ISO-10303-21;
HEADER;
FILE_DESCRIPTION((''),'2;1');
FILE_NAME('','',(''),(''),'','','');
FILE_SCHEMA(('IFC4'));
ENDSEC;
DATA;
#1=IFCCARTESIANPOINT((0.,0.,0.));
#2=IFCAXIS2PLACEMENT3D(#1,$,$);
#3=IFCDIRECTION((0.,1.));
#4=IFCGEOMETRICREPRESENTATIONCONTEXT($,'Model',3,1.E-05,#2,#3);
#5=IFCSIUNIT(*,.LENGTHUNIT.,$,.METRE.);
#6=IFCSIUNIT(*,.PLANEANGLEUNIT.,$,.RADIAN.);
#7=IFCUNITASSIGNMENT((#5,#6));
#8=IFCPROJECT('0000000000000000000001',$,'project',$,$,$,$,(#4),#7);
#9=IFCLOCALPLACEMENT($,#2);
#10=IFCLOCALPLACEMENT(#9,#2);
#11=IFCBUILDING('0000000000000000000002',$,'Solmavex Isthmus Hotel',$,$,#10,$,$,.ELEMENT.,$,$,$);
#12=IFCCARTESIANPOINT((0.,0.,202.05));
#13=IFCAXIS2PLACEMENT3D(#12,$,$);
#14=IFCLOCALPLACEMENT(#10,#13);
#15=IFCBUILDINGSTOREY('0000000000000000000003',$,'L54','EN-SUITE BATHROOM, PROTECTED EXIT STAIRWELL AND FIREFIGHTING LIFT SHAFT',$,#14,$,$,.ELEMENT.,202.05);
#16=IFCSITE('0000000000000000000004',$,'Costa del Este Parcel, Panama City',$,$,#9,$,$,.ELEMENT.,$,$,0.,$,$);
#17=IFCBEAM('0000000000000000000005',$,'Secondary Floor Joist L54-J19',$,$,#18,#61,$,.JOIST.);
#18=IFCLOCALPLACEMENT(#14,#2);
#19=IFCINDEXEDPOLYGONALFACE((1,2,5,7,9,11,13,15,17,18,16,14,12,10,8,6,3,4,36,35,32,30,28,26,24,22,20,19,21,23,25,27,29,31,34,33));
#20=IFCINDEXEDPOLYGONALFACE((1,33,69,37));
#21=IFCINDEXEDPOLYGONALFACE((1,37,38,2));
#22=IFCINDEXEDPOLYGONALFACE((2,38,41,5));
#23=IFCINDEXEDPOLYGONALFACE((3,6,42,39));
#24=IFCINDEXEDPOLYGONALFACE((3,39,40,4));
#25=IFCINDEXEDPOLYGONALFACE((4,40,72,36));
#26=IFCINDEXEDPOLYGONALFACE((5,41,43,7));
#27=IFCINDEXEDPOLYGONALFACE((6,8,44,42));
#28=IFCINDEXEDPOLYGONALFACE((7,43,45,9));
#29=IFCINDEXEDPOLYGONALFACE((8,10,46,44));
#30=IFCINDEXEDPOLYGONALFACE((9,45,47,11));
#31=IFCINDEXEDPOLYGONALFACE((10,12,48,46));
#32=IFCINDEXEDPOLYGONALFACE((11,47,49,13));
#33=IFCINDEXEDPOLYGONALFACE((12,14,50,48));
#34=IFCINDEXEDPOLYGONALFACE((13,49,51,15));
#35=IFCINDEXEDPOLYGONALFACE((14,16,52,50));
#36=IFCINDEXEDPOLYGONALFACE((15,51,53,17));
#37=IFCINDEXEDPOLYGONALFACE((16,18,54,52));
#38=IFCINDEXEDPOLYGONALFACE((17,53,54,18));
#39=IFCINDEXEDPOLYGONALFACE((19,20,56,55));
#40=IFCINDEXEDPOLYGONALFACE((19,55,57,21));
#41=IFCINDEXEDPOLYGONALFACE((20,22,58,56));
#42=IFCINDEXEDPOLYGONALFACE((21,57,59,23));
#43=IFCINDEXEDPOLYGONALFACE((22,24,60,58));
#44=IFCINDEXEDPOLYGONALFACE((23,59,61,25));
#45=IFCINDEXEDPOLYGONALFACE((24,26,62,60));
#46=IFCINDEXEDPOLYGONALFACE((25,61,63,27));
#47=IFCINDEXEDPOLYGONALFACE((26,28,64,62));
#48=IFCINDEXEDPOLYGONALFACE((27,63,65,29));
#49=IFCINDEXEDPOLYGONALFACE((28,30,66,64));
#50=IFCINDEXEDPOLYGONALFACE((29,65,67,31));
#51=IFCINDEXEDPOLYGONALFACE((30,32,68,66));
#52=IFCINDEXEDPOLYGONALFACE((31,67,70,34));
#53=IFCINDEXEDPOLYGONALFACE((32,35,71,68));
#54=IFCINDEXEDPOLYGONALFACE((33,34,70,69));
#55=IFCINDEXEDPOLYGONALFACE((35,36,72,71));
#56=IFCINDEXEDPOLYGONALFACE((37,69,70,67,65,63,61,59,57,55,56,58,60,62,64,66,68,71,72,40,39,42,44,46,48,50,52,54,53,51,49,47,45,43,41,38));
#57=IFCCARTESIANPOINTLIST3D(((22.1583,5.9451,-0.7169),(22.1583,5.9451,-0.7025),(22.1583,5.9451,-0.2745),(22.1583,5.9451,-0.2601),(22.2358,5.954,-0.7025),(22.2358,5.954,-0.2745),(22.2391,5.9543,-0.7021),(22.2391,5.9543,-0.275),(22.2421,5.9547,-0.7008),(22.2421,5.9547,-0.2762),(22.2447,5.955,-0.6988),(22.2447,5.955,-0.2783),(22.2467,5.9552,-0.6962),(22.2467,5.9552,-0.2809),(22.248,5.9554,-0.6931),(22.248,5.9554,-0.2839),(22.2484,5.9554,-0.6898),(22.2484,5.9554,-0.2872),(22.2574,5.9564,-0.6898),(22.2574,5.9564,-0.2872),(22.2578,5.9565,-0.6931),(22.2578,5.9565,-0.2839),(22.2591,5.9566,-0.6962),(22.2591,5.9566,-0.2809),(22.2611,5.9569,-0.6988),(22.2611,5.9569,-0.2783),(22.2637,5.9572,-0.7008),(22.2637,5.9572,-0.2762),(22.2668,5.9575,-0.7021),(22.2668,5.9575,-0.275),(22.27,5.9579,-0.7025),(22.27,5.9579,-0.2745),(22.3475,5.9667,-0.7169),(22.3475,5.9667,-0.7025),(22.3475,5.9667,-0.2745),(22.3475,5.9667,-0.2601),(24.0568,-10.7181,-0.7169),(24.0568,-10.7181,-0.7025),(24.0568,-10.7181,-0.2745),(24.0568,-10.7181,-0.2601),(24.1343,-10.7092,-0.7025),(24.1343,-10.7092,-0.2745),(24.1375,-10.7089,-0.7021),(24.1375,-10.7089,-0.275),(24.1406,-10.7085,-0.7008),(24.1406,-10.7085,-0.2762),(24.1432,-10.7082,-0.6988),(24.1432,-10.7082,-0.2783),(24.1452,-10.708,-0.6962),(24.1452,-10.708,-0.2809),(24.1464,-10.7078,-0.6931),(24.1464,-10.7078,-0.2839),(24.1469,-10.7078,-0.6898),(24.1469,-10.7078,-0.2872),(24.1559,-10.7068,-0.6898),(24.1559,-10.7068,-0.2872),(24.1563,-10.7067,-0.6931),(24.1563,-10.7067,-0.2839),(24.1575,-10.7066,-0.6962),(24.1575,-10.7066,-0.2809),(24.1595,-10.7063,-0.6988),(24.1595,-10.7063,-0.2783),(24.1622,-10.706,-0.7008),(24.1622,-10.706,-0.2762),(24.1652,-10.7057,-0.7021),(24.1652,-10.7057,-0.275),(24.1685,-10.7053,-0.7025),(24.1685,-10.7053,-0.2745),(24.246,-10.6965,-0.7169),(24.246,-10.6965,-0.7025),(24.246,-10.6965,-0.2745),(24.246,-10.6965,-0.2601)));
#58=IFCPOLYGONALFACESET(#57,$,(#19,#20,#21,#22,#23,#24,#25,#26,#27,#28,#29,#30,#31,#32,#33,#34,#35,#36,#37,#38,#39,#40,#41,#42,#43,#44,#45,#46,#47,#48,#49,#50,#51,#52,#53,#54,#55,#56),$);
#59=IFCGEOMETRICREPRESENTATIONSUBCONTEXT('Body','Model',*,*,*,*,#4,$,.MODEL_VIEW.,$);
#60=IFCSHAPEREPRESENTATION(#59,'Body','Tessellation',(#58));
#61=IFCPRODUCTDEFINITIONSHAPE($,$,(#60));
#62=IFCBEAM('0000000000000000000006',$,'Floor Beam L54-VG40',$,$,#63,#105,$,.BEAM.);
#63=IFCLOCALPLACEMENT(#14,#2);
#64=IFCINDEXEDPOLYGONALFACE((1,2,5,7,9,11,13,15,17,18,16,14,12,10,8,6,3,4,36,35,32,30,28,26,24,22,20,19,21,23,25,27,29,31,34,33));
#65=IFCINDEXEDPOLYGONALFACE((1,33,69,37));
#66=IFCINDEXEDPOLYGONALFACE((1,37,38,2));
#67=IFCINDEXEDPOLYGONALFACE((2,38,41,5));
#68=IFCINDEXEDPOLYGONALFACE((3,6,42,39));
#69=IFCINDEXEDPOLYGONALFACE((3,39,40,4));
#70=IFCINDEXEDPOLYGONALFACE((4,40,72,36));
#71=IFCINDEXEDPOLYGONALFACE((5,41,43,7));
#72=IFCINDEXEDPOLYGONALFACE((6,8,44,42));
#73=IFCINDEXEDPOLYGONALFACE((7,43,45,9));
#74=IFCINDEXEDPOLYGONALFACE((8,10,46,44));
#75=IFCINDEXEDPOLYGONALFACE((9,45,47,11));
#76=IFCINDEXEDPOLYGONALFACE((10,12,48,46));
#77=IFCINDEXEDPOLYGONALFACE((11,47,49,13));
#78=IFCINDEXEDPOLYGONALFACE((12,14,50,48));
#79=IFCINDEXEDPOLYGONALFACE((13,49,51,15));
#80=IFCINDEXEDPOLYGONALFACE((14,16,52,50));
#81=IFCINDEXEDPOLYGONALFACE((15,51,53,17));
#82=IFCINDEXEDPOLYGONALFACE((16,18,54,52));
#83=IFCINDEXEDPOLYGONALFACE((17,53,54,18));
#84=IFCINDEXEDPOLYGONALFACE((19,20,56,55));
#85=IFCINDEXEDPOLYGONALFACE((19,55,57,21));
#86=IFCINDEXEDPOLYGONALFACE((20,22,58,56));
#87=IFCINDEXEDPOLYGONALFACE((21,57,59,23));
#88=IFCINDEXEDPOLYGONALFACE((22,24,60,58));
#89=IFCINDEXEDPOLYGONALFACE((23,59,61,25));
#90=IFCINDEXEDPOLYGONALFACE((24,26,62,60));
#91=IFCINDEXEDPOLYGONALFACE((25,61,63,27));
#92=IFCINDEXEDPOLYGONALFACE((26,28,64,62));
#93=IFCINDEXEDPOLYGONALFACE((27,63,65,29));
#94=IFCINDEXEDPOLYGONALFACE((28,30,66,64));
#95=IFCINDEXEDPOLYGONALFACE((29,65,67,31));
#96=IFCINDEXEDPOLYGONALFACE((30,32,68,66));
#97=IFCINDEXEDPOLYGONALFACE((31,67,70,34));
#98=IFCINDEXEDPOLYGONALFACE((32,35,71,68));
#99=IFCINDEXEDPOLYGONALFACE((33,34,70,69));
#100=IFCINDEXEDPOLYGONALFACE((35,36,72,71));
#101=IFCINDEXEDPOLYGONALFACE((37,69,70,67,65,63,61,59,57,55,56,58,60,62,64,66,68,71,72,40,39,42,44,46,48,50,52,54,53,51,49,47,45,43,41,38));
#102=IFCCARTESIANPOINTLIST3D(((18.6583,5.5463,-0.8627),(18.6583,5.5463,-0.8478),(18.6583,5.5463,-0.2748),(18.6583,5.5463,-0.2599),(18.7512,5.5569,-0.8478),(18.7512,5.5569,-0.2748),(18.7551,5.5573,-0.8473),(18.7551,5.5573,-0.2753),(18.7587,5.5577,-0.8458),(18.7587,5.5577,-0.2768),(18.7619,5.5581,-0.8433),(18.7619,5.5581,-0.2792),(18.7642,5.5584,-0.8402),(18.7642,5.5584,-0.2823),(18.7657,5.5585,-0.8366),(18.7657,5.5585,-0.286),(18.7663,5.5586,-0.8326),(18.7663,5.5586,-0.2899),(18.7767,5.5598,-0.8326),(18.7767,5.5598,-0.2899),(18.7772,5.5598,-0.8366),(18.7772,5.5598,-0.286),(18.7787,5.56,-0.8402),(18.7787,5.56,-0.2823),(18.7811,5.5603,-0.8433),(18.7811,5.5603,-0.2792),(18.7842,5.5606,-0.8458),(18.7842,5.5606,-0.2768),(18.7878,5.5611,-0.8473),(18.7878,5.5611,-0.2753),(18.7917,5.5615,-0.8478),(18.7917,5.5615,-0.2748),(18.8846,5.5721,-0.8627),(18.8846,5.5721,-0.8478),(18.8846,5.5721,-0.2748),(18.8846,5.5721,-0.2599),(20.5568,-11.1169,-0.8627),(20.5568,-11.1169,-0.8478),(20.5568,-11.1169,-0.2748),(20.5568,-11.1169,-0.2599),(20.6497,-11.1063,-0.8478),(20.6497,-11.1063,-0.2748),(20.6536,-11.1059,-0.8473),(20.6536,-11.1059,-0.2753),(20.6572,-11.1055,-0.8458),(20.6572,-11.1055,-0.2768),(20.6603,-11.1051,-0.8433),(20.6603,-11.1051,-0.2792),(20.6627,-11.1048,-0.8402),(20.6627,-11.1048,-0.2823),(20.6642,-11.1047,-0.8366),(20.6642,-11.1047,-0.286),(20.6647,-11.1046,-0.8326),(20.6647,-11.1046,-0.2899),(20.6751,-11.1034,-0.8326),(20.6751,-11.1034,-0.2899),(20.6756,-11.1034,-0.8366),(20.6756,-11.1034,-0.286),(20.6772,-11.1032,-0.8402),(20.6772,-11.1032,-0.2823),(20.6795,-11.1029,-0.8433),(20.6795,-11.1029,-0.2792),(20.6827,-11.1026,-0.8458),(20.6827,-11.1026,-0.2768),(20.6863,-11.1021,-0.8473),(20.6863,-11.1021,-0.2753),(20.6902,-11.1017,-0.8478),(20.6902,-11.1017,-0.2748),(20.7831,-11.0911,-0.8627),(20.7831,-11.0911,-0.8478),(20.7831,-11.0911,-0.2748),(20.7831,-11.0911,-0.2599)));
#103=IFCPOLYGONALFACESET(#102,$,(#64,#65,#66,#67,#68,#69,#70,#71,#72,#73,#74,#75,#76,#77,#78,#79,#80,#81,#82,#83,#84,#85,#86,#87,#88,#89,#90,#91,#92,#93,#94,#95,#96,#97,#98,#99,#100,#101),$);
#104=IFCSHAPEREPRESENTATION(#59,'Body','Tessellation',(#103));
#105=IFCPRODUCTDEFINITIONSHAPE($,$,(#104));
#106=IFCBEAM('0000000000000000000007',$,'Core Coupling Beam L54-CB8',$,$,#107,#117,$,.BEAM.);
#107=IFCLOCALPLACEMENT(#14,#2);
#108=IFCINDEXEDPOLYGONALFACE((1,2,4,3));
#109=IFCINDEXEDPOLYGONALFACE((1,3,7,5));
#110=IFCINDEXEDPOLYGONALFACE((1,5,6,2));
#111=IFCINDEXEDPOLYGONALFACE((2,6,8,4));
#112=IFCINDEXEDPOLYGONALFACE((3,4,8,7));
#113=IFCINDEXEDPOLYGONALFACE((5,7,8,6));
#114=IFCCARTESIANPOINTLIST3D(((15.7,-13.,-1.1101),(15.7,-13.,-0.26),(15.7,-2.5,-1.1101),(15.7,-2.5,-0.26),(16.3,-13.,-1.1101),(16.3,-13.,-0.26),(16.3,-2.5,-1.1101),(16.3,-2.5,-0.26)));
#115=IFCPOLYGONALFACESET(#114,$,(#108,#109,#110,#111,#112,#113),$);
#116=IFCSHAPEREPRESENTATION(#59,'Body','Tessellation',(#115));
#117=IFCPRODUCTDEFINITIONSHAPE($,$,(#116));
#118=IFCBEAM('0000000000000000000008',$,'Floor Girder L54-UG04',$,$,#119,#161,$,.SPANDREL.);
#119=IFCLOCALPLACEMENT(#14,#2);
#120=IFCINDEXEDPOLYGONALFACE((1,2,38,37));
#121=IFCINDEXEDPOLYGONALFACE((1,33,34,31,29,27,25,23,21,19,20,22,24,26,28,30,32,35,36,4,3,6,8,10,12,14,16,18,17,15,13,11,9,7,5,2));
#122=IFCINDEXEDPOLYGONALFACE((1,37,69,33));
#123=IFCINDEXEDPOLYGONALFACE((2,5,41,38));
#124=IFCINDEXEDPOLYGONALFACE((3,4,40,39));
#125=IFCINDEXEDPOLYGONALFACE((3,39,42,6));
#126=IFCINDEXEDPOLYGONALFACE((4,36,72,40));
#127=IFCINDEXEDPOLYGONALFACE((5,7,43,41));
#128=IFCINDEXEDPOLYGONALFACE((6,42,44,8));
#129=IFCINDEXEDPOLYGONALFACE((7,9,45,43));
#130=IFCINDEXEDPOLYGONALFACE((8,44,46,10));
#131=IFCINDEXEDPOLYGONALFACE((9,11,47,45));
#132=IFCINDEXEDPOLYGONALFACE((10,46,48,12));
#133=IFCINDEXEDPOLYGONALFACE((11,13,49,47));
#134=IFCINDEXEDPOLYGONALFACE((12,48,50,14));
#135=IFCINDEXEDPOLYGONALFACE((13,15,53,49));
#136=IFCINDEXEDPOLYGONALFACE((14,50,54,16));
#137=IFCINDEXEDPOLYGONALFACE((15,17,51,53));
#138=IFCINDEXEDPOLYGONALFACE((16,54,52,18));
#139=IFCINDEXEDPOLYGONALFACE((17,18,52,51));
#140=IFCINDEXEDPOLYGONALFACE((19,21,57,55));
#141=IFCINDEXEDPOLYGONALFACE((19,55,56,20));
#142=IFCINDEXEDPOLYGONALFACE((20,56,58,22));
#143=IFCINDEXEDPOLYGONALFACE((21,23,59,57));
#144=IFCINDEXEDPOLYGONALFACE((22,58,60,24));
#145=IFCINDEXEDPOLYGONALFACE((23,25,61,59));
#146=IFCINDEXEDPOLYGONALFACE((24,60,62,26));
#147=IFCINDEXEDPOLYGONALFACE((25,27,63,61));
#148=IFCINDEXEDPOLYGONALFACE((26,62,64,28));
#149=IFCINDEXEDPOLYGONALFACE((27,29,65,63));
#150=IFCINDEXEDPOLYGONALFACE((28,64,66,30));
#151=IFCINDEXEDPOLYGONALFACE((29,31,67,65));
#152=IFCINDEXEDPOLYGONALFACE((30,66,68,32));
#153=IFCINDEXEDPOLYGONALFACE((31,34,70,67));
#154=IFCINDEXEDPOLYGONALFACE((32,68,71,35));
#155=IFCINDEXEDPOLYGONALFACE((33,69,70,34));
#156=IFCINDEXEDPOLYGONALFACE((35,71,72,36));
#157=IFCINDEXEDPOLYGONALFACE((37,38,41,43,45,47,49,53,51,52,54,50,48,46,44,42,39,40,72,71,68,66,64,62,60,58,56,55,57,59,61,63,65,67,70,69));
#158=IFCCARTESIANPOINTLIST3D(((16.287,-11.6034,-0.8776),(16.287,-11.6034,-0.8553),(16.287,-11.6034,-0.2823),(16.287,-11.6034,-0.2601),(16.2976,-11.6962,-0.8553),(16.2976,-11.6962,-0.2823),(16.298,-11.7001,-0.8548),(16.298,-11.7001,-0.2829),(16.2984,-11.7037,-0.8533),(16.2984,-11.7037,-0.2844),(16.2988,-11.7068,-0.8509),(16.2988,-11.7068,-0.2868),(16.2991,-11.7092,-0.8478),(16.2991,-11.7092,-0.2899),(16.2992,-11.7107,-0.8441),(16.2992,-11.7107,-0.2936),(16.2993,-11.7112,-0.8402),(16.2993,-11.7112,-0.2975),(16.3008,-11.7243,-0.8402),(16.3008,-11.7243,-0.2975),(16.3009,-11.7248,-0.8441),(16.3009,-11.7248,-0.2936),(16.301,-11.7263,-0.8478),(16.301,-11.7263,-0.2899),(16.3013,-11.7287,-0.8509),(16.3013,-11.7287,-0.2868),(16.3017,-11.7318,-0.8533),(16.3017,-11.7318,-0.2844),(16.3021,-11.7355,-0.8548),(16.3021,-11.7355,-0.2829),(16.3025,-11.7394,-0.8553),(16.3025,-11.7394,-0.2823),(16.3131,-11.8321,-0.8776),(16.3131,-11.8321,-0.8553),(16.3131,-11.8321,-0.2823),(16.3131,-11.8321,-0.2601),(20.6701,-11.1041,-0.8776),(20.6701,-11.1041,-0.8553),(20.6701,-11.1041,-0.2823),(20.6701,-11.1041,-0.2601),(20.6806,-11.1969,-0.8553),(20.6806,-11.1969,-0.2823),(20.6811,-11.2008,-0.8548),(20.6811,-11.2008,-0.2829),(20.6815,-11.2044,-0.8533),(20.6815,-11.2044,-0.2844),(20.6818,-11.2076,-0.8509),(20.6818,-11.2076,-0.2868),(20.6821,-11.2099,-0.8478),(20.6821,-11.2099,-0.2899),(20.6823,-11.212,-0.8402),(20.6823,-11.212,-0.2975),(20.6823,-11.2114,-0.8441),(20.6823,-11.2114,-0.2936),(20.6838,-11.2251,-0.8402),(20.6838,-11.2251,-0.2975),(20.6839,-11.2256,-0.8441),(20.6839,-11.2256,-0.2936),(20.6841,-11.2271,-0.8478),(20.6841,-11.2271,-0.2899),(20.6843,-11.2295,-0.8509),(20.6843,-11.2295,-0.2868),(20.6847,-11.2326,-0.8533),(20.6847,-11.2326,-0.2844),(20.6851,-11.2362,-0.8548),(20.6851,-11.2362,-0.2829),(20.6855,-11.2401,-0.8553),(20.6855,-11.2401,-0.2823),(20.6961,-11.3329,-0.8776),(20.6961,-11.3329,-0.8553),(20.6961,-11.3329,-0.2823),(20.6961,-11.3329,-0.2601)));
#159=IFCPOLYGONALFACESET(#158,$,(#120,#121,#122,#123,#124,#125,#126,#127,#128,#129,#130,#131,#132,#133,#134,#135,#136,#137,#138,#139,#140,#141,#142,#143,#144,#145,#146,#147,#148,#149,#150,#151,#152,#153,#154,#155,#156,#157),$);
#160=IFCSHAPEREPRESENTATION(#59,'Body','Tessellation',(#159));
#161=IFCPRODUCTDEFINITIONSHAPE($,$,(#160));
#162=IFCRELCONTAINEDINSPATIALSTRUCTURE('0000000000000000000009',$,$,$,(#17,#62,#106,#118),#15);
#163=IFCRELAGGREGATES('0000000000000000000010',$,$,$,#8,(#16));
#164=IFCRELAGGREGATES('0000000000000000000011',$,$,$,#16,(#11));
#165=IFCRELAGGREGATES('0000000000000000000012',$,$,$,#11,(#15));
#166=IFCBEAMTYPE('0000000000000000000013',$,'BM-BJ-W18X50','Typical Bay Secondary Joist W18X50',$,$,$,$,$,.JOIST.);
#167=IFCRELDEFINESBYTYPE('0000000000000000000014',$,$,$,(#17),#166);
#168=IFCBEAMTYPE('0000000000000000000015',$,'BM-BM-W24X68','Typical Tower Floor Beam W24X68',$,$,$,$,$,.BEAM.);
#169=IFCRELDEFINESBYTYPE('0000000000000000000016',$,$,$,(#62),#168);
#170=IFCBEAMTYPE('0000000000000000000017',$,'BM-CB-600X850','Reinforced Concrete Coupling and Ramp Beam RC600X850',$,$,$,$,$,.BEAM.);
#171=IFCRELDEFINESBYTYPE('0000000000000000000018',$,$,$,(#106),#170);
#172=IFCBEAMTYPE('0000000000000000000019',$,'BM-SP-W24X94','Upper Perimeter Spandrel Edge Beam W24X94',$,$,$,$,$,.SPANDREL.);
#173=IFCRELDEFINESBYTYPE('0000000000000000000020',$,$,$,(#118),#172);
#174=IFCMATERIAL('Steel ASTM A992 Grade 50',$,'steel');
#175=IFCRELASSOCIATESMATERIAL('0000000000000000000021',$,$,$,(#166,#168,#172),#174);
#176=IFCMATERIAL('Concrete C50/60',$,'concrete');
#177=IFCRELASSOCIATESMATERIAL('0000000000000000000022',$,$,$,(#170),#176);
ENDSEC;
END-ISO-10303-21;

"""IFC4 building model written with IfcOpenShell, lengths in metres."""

from ifc_helpers import new_model, si_unit, direction, frame, origin, origin_2d, place, context, subcontext, project, spatial, rectangle, i_section, extrude, material, material_profile, profile_set, type_object, element, save


model = new_model("IFC4")

# Units and contexts
model_context = context("Model", 3, precision=1e-05, world=origin(), true_north=direction((0.0, 1.0)))
body_context = subcontext(model_context, "Body", "Model", "MODEL_VIEW")
ifc_project = project(units=[si_unit("LENGTHUNIT", "METRE"), si_unit("PLANEANGLEUNIT", "RADIAN")], contexts=[model_context])

# Site, building, storey
site_placement = place(None, origin())
site = spatial("IfcSite", under=ifc_project, at=site_placement, Name="Costa del Este Parcel, Panama City", CompositionType="ELEMENT", RefElevation=0.0)
building_placement = place(site_placement, origin())
building = spatial("IfcBuilding", under=site, at=building_placement, Name="Solmavex Isthmus Hotel", CompositionType="ELEMENT")
storey_placement = place(building_placement, frame((0.0, 0.0, 202.05)))
storey = spatial("IfcBuildingStorey", under=building, at=storey_placement, Name="L54", Description="EN-SUITE BATHROOM, PROTECTED EXIT STAIRWELL AND FIREFIGHTING LIFT SHAFT", CompositionType="ELEMENT", Elevation=202.05)

# Shared definitions
ifc_material_1 = material(Name="Concrete C50/60", Category="concrete")

# Beams
ifc_material_2 = material(Name="Steel ASTM A992 Grade 50", Category="steel")
ifc_material_profile_1 = material_profile(ifc_material_2, i_section(OverallWidth=0.1904, OverallDepth=0.4568, WebThickness=0.009, FlangeThickness=0.0144, FilletRadius=0.0127, at=origin_2d()), Name="W18X50")
ifc_profile_set_1 = profile_set([ifc_material_profile_1], Name="Steel ASTM A992 Grade 50")
beam_type_1 = type_object("IfcBeamType", Name="BM-BJ-W18X50", Description="Typical Bay Secondary Joist W18X50", PredefinedType="JOIST", material=ifc_profile_set_1)
beam_1_placement = place(storey_placement, frame((24.1514, -10.7073, -0.4885), z_axis=(-0.113198, 0.993572, 0.0), x_axis=(-0.993572, -0.113198, 0.0)))
element("IfcBeam", 1, at=beam_1_placement, inside=storey, type_object=beam_type_1, Name="Secondary Floor Joist L54-J19", PredefinedType="JOIST", context=body_context, shape_type="SweptSolid", body=[
    extrude(i_section(OverallWidth=0.1904, OverallDepth=0.4568, WebThickness=0.009, FlangeThickness=0.0144, FilletRadius=0.0127, at=origin_2d()), origin(), (0.0, 0.0, 1.0), 16.771),
])
ifc_material_profile_2 = material_profile(ifc_material_2, i_section(OverallWidth=0.2278, OverallDepth=0.6028, WebThickness=0.0105, FlangeThickness=0.0149, FilletRadius=0.0151, at=origin_2d()), Name="W24X68")
ifc_profile_set_2 = profile_set([ifc_material_profile_2], Name="Steel ASTM A992 Grade 50")
beam_type_2 = type_object("IfcBeamType", Name="BM-BM-W24X68", Description="Typical Tower Floor Beam W24X68", PredefinedType="BEAM", material=ifc_profile_set_2)
beam_2_placement = place(storey_placement, frame((20.6699, -11.104, -0.5613), z_axis=(-0.113198, 0.993572, 0.0), x_axis=(-0.993572, -0.113198, 0.0)))
element("IfcBeam", 2, at=beam_2_placement, inside=storey, type_object=beam_type_2, Name="Floor Beam L54-VG40", PredefinedType="BEAM", context=body_context, shape_type="SweptSolid", body=[
    extrude(i_section(OverallWidth=0.2278, OverallDepth=0.6028, WebThickness=0.0105, FlangeThickness=0.0149, FilletRadius=0.0151, at=origin_2d()), origin(), (0.0, 0.0, 1.0), 16.771),
])
ifc_material_profile_3 = material_profile(ifc_material_1, rectangle(XDim=0.6001, YDim=0.8501, at=origin_2d()), Name="RC600X850")
ifc_profile_set_3 = profile_set([ifc_material_profile_3], Name="Concrete C50/60")
beam_type_3 = type_object("IfcBeamType", Name="BM-CB-600X850", Description="Reinforced Concrete Coupling and Ramp Beam RC600X850", PredefinedType="BEAM", material=ifc_profile_set_3)
beam_3_placement = place(storey_placement, frame((16.0, -13.0, -0.6851), z_axis=(0.0, 1.0, 0.0), x_axis=(-1.0, 0.0, 0.0)))
element("IfcBeam", 3, at=beam_3_placement, inside=storey, type_object=beam_type_3, Name="Core Coupling Beam L54-CB8", PredefinedType="BEAM", context=body_context, shape_type="SweptSolid", body=[
    extrude(rectangle(XDim=0.6001, YDim=0.8501, at=origin_2d()), origin(), (0.0, 0.0, 1.0), 10.5),
])
ifc_material_profile_4 = material_profile(ifc_material_2, i_section(OverallWidth=0.2302, OverallDepth=0.6174, WebThickness=0.0132, FlangeThickness=0.0222, FilletRadius=0.0151, at=origin_2d()), Name="W24X94")
ifc_profile_set_4 = profile_set([ifc_material_profile_4], Name="Steel ASTM A992 Grade 50")
beam_type_4 = type_object("IfcBeamType", Name="BM-SP-W24X94", Description="Upper Perimeter Spandrel Edge Beam W24X94", PredefinedType="SPANDREL", material=ifc_profile_set_4)
beam_4_placement = place(storey_placement, frame((16.3, -11.7178, -0.5688), z_axis=(0.993575, 0.113177, 0.0), x_axis=(-0.113177, 0.993575, 0.0)))
element("IfcBeam", 4, at=beam_4_placement, inside=storey, type_object=beam_type_4, Name="Floor Girder L54-UG04", PredefinedType="SPANDREL", context=body_context, shape_type="SweptSolid", body=[
    extrude(i_section(OverallWidth=0.2302, OverallDepth=0.6174, WebThickness=0.0132, FlangeThickness=0.0222, FilletRadius=0.0151, at=origin_2d()), origin(), (0.0, 0.0, 1.0), 4.4114),
])

save(model, "model.ifc")
